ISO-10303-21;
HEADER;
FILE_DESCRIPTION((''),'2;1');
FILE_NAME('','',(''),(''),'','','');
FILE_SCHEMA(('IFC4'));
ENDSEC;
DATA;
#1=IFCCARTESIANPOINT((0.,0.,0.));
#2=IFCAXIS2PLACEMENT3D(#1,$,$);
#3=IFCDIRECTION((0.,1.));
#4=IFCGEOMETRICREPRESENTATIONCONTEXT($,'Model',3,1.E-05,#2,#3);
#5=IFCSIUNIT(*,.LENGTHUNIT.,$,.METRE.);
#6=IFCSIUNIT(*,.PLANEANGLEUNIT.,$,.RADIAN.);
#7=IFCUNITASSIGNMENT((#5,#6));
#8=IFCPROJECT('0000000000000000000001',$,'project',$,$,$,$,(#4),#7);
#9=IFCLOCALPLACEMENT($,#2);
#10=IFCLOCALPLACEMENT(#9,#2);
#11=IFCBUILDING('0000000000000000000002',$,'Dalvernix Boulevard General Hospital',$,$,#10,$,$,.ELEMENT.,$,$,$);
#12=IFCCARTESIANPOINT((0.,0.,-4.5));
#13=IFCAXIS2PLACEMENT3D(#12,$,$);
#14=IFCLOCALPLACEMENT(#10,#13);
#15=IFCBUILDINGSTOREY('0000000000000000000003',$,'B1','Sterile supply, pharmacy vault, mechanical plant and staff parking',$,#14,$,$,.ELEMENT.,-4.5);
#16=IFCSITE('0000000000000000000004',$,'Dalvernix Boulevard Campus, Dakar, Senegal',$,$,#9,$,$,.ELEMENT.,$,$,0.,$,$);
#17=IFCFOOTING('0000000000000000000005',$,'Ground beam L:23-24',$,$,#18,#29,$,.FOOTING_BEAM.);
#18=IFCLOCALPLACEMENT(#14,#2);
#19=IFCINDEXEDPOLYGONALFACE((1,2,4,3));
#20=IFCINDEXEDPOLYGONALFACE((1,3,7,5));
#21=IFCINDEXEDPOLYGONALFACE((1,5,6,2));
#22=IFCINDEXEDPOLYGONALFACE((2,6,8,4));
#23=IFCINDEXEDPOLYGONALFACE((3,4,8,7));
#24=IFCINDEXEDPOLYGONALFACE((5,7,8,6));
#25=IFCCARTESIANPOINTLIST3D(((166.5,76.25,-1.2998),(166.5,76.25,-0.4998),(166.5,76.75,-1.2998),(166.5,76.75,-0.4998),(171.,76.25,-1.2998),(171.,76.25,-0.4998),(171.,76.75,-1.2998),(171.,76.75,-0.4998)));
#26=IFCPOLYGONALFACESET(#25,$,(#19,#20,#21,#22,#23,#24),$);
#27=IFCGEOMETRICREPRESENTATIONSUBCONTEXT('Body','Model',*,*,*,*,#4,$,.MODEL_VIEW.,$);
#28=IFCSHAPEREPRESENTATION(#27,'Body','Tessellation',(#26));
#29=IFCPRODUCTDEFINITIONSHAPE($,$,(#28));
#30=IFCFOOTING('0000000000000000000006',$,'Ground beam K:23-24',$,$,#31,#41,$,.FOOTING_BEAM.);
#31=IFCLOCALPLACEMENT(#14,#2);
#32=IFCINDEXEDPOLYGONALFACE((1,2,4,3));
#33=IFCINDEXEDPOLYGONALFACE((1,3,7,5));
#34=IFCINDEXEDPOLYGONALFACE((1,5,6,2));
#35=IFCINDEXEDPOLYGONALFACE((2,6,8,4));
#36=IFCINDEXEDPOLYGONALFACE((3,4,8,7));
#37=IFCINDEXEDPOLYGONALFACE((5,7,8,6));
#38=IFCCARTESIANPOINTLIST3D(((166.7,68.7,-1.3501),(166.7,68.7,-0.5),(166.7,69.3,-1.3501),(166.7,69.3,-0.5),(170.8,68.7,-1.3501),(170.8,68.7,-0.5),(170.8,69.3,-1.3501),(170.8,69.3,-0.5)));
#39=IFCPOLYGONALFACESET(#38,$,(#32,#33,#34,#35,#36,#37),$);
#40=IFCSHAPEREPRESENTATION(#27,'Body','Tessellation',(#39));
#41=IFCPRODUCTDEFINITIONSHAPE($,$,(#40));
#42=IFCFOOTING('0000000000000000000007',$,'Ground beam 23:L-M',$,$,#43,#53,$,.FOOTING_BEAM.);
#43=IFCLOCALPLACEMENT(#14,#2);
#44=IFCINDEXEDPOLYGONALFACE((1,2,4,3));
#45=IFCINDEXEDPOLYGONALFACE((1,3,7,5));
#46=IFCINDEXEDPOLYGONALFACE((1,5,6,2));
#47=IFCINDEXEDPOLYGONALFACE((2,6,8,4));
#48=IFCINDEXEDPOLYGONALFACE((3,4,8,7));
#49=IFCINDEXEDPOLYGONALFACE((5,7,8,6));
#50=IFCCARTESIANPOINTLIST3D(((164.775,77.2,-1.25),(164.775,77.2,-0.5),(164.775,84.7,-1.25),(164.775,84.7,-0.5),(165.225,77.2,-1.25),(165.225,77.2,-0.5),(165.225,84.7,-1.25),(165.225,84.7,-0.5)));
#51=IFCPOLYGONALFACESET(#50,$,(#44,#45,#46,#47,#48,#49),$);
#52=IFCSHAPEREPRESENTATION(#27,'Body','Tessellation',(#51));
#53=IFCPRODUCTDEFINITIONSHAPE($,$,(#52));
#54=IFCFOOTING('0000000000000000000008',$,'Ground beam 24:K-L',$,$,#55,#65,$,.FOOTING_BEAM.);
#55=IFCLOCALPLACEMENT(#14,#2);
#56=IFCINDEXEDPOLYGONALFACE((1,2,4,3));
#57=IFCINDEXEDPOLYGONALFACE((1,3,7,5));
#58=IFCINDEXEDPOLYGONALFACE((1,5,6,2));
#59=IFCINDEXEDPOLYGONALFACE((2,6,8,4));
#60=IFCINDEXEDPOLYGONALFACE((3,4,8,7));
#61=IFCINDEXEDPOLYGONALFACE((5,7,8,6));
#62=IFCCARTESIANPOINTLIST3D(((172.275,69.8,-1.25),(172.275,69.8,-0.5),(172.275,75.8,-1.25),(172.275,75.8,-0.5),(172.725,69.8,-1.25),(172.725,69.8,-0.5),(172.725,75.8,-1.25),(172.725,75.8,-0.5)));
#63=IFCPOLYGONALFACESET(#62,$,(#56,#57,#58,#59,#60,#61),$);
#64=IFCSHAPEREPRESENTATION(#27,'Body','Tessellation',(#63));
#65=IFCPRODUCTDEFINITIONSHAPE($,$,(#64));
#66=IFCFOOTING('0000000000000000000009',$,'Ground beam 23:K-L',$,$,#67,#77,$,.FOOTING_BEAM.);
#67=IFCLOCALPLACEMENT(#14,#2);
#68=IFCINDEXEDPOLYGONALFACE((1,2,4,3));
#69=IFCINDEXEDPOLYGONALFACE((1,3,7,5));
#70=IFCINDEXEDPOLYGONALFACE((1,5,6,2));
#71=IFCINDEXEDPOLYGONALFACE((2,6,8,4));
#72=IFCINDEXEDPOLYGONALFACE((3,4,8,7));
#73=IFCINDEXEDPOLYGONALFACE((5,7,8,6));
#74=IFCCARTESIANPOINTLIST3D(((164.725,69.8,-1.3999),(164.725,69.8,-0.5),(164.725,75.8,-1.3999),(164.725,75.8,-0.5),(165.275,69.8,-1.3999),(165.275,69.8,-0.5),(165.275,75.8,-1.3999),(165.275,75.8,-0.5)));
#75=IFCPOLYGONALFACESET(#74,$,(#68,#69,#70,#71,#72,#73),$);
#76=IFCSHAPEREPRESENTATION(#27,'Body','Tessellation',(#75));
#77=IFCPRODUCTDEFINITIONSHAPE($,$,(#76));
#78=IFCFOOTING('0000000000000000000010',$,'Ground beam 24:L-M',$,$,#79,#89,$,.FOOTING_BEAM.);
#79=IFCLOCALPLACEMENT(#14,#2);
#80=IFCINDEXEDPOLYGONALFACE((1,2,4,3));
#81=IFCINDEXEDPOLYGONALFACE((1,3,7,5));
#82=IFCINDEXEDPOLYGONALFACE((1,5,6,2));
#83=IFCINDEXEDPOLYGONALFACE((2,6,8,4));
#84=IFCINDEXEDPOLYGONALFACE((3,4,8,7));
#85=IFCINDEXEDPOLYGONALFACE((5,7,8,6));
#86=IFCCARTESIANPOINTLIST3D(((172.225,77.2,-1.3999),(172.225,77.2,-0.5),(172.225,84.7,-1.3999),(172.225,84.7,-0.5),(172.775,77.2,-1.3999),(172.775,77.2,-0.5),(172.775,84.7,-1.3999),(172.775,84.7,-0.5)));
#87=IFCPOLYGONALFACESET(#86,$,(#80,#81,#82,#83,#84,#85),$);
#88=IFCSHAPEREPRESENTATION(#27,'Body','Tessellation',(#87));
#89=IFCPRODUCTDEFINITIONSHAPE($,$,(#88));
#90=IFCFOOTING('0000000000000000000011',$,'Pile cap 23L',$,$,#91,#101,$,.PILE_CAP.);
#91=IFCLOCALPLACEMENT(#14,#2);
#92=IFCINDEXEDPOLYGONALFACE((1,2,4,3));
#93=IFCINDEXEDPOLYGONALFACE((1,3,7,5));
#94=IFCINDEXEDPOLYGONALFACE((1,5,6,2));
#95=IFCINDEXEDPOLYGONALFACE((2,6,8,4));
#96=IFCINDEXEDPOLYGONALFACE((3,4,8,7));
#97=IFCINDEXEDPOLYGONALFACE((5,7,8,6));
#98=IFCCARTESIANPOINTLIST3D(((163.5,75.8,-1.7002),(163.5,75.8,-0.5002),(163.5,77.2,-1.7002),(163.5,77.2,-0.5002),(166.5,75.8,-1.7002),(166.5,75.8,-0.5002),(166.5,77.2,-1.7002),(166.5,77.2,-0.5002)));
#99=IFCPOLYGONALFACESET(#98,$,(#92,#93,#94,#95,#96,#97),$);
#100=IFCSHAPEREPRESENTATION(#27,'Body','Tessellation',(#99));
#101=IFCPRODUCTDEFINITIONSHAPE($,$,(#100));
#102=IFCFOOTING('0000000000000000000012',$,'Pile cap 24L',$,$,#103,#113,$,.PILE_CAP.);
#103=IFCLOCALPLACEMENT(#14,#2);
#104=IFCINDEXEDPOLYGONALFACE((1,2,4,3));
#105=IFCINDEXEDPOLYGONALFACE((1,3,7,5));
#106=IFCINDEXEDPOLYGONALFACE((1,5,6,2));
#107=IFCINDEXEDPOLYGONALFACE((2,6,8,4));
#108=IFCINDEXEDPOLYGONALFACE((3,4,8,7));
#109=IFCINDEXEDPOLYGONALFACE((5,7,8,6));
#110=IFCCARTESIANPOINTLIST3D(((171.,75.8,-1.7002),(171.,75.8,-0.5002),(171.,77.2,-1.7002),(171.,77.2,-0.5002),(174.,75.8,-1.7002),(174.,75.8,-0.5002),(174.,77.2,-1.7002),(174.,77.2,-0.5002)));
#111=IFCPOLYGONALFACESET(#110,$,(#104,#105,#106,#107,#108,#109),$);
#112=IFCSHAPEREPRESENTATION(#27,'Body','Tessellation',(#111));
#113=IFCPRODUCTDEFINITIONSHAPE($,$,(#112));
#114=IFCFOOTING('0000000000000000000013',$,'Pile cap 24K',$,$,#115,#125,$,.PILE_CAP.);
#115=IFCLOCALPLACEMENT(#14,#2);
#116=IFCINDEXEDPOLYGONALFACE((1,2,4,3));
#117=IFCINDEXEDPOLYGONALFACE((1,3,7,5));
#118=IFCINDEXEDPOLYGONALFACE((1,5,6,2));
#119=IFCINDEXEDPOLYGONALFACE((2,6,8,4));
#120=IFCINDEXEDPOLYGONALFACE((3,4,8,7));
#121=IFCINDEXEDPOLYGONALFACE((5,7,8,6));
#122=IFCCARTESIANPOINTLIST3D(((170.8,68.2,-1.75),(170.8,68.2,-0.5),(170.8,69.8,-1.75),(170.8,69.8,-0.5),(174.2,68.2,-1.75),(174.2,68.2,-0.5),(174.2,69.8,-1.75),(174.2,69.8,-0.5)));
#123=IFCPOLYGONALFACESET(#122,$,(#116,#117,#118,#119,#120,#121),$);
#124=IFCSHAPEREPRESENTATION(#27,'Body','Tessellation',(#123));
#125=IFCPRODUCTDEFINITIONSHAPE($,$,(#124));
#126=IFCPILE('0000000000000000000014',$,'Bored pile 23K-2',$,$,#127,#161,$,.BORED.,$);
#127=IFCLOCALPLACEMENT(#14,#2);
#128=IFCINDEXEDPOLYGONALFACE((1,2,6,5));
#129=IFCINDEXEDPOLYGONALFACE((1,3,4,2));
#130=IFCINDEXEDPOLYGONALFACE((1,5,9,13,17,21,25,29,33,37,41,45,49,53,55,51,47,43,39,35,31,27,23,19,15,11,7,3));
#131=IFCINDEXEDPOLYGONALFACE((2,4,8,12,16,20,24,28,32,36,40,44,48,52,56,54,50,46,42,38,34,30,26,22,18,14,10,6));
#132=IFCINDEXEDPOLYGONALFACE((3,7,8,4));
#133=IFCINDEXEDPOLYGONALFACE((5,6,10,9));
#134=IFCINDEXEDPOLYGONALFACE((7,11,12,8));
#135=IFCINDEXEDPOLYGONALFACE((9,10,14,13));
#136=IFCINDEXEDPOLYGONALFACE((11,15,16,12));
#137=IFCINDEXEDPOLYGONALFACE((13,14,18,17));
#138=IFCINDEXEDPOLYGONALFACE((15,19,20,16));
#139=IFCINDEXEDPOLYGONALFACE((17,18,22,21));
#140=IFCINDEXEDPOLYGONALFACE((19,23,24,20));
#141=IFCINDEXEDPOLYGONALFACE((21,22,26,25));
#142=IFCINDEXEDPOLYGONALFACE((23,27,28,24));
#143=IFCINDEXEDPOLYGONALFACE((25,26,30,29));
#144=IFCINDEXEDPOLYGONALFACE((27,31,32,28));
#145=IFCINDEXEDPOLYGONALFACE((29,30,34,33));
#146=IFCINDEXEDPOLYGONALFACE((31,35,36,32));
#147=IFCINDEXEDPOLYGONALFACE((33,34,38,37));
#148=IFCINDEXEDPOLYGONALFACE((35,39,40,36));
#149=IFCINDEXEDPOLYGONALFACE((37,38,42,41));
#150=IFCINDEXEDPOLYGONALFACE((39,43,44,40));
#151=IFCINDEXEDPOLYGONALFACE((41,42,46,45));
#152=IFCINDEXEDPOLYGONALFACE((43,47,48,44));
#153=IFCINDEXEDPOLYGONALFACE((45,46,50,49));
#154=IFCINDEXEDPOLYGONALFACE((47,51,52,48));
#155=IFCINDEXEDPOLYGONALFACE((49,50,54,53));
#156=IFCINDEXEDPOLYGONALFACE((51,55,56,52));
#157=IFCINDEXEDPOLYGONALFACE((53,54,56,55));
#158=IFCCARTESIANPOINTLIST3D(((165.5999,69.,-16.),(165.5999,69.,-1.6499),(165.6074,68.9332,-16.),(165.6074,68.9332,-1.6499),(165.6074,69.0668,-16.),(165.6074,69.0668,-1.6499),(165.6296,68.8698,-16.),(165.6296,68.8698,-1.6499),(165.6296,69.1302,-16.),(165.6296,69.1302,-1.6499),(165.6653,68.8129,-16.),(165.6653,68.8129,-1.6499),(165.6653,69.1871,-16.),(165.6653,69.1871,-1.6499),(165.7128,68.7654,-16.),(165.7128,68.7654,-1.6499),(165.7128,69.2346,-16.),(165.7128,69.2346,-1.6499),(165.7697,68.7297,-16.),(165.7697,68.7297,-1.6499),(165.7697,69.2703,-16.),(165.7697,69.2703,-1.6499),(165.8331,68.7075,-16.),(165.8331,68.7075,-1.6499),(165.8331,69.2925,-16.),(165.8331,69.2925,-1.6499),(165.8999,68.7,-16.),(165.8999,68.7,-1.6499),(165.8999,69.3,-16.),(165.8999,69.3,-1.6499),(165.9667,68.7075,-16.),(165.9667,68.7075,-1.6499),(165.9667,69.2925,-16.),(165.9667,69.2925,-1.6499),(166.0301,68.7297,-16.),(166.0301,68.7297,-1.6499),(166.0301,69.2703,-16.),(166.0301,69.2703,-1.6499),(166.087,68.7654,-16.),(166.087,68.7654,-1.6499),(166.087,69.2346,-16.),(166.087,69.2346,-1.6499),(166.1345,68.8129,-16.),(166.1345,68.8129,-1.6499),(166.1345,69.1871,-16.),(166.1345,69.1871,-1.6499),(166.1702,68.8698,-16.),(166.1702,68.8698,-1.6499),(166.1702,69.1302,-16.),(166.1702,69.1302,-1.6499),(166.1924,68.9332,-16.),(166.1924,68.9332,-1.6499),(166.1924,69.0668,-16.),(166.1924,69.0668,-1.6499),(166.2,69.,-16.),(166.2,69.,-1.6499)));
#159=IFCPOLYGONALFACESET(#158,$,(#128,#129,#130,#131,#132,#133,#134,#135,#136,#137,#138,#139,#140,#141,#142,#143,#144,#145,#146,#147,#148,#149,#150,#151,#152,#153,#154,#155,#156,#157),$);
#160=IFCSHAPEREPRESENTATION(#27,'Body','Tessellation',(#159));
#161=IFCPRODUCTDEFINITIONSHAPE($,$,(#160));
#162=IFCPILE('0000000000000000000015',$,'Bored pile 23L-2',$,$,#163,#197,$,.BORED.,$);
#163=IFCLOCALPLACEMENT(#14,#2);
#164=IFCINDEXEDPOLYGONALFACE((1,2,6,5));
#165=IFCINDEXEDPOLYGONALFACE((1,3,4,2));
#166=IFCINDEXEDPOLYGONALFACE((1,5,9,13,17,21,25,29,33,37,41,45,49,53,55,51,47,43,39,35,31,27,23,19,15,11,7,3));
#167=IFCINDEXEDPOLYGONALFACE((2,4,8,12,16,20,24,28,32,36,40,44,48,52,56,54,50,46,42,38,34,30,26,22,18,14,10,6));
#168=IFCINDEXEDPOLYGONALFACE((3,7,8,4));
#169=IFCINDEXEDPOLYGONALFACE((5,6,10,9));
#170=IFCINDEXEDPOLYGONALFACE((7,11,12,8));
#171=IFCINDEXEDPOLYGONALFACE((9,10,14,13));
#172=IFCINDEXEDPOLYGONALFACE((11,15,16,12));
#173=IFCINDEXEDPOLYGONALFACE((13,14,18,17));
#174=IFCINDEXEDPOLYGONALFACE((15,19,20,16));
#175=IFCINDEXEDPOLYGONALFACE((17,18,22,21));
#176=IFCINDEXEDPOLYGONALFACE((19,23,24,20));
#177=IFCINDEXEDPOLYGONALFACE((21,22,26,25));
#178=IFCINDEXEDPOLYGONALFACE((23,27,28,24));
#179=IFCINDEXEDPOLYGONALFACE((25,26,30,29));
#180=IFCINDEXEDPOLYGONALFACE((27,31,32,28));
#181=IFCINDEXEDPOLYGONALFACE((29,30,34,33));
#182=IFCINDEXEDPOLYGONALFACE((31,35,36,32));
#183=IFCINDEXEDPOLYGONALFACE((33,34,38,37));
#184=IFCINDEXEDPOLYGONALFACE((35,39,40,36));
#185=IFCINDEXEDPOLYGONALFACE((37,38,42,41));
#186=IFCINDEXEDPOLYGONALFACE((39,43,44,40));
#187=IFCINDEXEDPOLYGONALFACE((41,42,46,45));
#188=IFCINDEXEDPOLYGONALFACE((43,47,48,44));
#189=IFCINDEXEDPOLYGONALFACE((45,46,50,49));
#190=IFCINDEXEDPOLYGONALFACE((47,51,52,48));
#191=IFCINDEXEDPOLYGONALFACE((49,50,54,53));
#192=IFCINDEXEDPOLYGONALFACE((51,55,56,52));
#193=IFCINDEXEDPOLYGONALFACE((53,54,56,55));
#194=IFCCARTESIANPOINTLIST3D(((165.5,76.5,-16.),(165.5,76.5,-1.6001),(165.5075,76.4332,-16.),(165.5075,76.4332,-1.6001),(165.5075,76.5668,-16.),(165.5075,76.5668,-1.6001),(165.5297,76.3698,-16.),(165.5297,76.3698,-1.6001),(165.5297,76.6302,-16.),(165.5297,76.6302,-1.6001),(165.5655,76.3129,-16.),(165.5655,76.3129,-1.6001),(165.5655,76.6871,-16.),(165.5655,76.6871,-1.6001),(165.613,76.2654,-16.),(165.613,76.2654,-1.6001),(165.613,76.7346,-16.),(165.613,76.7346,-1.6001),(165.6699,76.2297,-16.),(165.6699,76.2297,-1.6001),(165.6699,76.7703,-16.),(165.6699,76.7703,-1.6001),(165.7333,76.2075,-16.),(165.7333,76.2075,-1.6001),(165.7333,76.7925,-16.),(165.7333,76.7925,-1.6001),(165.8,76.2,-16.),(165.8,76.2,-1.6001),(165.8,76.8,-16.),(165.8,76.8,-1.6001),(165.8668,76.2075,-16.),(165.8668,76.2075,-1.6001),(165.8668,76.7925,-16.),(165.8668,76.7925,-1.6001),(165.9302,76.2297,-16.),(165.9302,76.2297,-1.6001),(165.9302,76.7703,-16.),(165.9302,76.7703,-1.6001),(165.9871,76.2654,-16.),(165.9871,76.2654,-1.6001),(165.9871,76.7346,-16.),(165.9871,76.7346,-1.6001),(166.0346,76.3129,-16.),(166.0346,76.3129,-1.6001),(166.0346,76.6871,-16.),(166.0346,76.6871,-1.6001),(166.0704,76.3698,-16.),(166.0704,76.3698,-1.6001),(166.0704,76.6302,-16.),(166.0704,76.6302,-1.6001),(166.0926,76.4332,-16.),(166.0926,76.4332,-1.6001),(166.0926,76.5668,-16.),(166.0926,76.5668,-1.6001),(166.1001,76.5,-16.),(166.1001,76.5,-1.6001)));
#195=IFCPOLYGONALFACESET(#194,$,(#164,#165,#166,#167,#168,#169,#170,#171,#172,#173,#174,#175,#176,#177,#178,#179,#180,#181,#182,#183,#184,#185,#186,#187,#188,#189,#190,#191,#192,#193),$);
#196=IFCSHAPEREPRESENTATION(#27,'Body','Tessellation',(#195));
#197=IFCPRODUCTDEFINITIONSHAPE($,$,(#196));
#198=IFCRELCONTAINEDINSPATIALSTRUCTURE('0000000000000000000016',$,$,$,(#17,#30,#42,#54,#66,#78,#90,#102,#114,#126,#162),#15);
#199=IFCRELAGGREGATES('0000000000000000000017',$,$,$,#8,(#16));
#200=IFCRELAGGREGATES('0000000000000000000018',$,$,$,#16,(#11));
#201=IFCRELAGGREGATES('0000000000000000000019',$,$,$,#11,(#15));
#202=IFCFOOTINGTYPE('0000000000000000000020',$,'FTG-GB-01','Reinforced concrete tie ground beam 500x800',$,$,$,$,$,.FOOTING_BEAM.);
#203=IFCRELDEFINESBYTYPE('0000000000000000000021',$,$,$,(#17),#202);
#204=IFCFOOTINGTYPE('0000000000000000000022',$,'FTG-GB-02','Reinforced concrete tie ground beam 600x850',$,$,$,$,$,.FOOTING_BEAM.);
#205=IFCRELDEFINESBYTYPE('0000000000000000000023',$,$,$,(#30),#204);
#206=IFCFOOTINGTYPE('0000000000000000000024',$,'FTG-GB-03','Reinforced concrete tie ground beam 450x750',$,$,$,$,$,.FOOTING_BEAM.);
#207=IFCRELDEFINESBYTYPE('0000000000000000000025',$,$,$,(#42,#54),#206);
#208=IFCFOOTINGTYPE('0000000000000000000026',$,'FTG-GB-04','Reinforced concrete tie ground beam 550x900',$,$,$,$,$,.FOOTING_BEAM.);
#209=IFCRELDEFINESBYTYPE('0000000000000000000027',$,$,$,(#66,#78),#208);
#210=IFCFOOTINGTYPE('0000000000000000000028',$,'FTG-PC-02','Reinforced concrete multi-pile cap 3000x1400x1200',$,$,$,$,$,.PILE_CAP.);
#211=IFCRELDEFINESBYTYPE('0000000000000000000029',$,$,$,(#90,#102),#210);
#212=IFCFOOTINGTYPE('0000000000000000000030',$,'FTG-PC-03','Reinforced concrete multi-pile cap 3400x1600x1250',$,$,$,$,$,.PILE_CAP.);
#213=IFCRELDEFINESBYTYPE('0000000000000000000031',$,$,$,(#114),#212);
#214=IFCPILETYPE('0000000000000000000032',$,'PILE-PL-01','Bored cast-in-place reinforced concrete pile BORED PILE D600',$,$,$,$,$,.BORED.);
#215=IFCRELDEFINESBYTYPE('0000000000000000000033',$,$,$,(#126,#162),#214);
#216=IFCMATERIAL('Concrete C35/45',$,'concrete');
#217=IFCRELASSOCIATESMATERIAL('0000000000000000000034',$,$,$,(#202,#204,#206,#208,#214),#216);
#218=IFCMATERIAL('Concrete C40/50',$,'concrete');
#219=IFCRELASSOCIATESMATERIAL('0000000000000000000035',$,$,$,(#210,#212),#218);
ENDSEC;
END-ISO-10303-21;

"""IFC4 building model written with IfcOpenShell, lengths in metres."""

from ifc_helpers import new_model, si_unit, direction, frame, origin, origin_2d, place, context, subcontext, project, spatial, rectangle, circle, extrude, material, material_profile, profile_set, type_object, element, save


model = new_model("IFC4")

# Units and contexts
model_context = context("Model", 3, precision=1e-05, world=origin(), true_north=direction((0.0, 1.0)))
body_context = subcontext(model_context, "Body", "Model", "MODEL_VIEW")
ifc_project = project(units=[si_unit("LENGTHUNIT", "METRE"), si_unit("PLANEANGLEUNIT", "RADIAN")], contexts=[model_context])

# Site, building, storey
site_placement = place(None, origin())
site = spatial("IfcSite", under=ifc_project, at=site_placement, Name="Dalvernix Boulevard Campus, Dakar, Senegal", CompositionType="ELEMENT", RefElevation=0.0)
building_placement = place(site_placement, origin())
building = spatial("IfcBuilding", under=site, at=building_placement, Name="Dalvernix Boulevard General Hospital", CompositionType="ELEMENT")
storey_placement = place(building_placement, frame((0.0, 0.0, -4.5)))
storey = spatial("IfcBuildingStorey", under=building, at=storey_placement, Name="B1", Description="Sterile supply, pharmacy vault, mechanical plant and staff parking", CompositionType="ELEMENT", Elevation=-4.5)

# Footings
ifc_material_1 = material(Name="Concrete C35/45", Category="concrete")
footing_type_1 = type_object("IfcFootingType", Name="FTG-GB-01", Description="Reinforced concrete tie ground beam 500x800", PredefinedType="FOOTING_BEAM", material=ifc_material_1)
footing_1_placement = place(storey_placement, frame((168.75, 76.5, -1.2998), z_axis=(0.0, 0.0, 1.0), x_axis=(1.0, 0.0, 0.0)))
element("IfcFooting", 1, at=footing_1_placement, inside=storey, type_object=footing_type_1, Name="Ground beam L:23-24", PredefinedType="FOOTING_BEAM", context=body_context, shape_type="SweptSolid", body=[
    extrude(rectangle(XDim=4.5, YDim=0.5, at=origin_2d()), origin(), (0.0, 0.0, 1.0), 0.8),
])
footing_type_2 = type_object("IfcFootingType", Name="FTG-GB-02", Description="Reinforced concrete tie ground beam 600x850", PredefinedType="FOOTING_BEAM", material=ifc_material_1)
footing_2_placement = place(storey_placement, frame((168.75, 69.0, -1.3501), z_axis=(0.0, 0.0, 1.0), x_axis=(1.0, 0.0, 0.0)))
element("IfcFooting", 2, at=footing_2_placement, inside=storey, type_object=footing_type_2, Name="Ground beam K:23-24", PredefinedType="FOOTING_BEAM", context=body_context, shape_type="SweptSolid", body=[
    extrude(rectangle(XDim=4.1001, YDim=0.6001, at=origin_2d()), origin(), (0.0, 0.0, 1.0), 0.8501),
])
footing_type_3 = type_object("IfcFootingType", Name="FTG-GB-03", Description="Reinforced concrete tie ground beam 450x750", PredefinedType="FOOTING_BEAM", material=ifc_material_1)
footing_3_placement = place(storey_placement, frame((165.0, 80.95, -1.25), z_axis=(0.0, 0.0, 1.0), x_axis=(0.0, 1.0, 0.0)))
element("IfcFooting", 3, at=footing_3_placement, inside=storey, type_object=footing_type_3, Name="Ground beam 23:L-M", PredefinedType="FOOTING_BEAM", context=body_context, shape_type="SweptSolid", body=[
    extrude(rectangle(XDim=7.5, YDim=0.45, at=origin_2d()), origin(), (0.0, 0.0, 1.0), 0.75),
])
footing_4_placement = place(storey_placement, frame((172.5, 72.8, -1.25), z_axis=(0.0, 0.0, 1.0), x_axis=(0.0, 1.0, 0.0)))
element("IfcFooting", 4, at=footing_4_placement, inside=storey, type_object=footing_type_3, Name="Ground beam 24:K-L", PredefinedType="FOOTING_BEAM", context=body_context, shape_type="SweptSolid", body=[
    extrude(rectangle(XDim=6.0, YDim=0.45, at=origin_2d()), origin(), (0.0, 0.0, 1.0), 0.75),
])
footing_type_4 = type_object("IfcFootingType", Name="FTG-GB-04", Description="Reinforced concrete tie ground beam 550x900", PredefinedType="FOOTING_BEAM", material=ifc_material_1)
footing_5_placement = place(storey_placement, frame((165.0, 72.8, -1.3999), z_axis=(0.0, 0.0, 1.0), x_axis=(0.0, 1.0, 0.0)))
element("IfcFooting", 5, at=footing_5_placement, inside=storey, type_object=footing_type_4, Name="Ground beam 23:K-L", PredefinedType="FOOTING_BEAM", context=body_context, shape_type="SweptSolid", body=[
    extrude(rectangle(XDim=6.0, YDim=0.55, at=origin_2d()), origin(), (0.0, 0.0, 1.0), 0.8999),
])
footing_6_placement = place(storey_placement, frame((172.5, 80.95, -1.3999), z_axis=(0.0, 0.0, 1.0), x_axis=(0.0, 1.0, 0.0)))
element("IfcFooting", 6, at=footing_6_placement, inside=storey, type_object=footing_type_4, Name="Ground beam 24:L-M", PredefinedType="FOOTING_BEAM", context=body_context, shape_type="SweptSolid", body=[
    extrude(rectangle(XDim=7.5, YDim=0.55, at=origin_2d()), origin(), (0.0, 0.0, 1.0), 0.8999),
])
ifc_material_2 = material(Name="Concrete C40/50", Category="concrete")
footing_type_5 = type_object("IfcFootingType", Name="FTG-PC-02", Description="Reinforced concrete multi-pile cap 3000x1400x1200", PredefinedType="PILE_CAP", material=ifc_material_2)
for number, where, z_axis, x_axis, name in (
    (7, (165.0, 76.5, -1.7002), (0.0, 0.0, 1.0), (1.0, 0.0, 0.0), "Pile cap 23L"),
    (8, (172.5, 76.5, -1.7002), (0.0, 0.0, 1.0), (1.0, 0.0, 0.0), "Pile cap 24L"),
):
    element("IfcFooting", number, at=place(storey_placement, frame(where, z_axis=z_axis, x_axis=x_axis)), inside=storey, type_object=footing_type_5, Name=name, PredefinedType="PILE_CAP", context=body_context, shape_type="SweptSolid", body=[
        extrude(rectangle(XDim=3.0, YDim=1.3999, at=origin_2d()), origin(), (0.0, 0.0, 1.0), 1.2),
    ])
footing_type_6 = type_object("IfcFootingType", Name="FTG-PC-03", Description="Reinforced concrete multi-pile cap 3400x1600x1250", PredefinedType="PILE_CAP", material=ifc_material_2)
footing_7_placement = place(storey_placement, frame((172.5, 69.0, -1.75), z_axis=(0.0, 0.0, 1.0), x_axis=(1.0, 0.0, 0.0)))
element("IfcFooting", 9, at=footing_7_placement, inside=storey, type_object=footing_type_6, Name="Pile cap 24K", PredefinedType="PILE_CAP", context=body_context, shape_type="SweptSolid", body=[
    extrude(rectangle(XDim=3.3999, YDim=1.6001, at=origin_2d()), origin(), (0.0, 0.0, 1.0), 1.25),
])

# Piles
ifc_material_profile_1 = material_profile(ifc_material_1, circle(Radius=0.3, at=origin_2d()), Name="BORED PILE D600")
ifc_profile_set_1 = profile_set([ifc_material_profile_1], Name="Concrete C35/45")
pile_type = type_object("IfcPileType", Name="PILE-PL-01", Description="Bored cast-in-place reinforced concrete pile BORED PILE D600", PredefinedType="BORED", material=ifc_profile_set_1)
pile_1_placement = place(storey_placement, frame((165.8999, 69.0, -1.6499), z_axis=(0.0, 0.0, -1.0), x_axis=(1.0, 0.0, 0.0)))
element("IfcPile", 10, at=pile_1_placement, inside=storey, type_object=pile_type, Name="Bored pile 23K-2", PredefinedType="BORED", context=body_context, shape_type="SweptSolid", body=[
    extrude(circle(Radius=0.3, at=origin_2d()), origin(), (0.0, 0.0, 1.0), 14.3501),
])
pile_2_placement = place(storey_placement, frame((165.8, 76.5, -1.6001), z_axis=(0.0, 0.0, -1.0), x_axis=(1.0, 0.0, 0.0)))
element("IfcPile", 11, at=pile_2_placement, inside=storey, type_object=pile_type, Name="Bored pile 23L-2", PredefinedType="BORED", context=body_context, shape_type="SweptSolid", body=[
    extrude(circle(Radius=0.3, at=origin_2d()), origin(), (0.0, 0.0, 1.0), 14.3999),
])

save(model, "model.ifc")
